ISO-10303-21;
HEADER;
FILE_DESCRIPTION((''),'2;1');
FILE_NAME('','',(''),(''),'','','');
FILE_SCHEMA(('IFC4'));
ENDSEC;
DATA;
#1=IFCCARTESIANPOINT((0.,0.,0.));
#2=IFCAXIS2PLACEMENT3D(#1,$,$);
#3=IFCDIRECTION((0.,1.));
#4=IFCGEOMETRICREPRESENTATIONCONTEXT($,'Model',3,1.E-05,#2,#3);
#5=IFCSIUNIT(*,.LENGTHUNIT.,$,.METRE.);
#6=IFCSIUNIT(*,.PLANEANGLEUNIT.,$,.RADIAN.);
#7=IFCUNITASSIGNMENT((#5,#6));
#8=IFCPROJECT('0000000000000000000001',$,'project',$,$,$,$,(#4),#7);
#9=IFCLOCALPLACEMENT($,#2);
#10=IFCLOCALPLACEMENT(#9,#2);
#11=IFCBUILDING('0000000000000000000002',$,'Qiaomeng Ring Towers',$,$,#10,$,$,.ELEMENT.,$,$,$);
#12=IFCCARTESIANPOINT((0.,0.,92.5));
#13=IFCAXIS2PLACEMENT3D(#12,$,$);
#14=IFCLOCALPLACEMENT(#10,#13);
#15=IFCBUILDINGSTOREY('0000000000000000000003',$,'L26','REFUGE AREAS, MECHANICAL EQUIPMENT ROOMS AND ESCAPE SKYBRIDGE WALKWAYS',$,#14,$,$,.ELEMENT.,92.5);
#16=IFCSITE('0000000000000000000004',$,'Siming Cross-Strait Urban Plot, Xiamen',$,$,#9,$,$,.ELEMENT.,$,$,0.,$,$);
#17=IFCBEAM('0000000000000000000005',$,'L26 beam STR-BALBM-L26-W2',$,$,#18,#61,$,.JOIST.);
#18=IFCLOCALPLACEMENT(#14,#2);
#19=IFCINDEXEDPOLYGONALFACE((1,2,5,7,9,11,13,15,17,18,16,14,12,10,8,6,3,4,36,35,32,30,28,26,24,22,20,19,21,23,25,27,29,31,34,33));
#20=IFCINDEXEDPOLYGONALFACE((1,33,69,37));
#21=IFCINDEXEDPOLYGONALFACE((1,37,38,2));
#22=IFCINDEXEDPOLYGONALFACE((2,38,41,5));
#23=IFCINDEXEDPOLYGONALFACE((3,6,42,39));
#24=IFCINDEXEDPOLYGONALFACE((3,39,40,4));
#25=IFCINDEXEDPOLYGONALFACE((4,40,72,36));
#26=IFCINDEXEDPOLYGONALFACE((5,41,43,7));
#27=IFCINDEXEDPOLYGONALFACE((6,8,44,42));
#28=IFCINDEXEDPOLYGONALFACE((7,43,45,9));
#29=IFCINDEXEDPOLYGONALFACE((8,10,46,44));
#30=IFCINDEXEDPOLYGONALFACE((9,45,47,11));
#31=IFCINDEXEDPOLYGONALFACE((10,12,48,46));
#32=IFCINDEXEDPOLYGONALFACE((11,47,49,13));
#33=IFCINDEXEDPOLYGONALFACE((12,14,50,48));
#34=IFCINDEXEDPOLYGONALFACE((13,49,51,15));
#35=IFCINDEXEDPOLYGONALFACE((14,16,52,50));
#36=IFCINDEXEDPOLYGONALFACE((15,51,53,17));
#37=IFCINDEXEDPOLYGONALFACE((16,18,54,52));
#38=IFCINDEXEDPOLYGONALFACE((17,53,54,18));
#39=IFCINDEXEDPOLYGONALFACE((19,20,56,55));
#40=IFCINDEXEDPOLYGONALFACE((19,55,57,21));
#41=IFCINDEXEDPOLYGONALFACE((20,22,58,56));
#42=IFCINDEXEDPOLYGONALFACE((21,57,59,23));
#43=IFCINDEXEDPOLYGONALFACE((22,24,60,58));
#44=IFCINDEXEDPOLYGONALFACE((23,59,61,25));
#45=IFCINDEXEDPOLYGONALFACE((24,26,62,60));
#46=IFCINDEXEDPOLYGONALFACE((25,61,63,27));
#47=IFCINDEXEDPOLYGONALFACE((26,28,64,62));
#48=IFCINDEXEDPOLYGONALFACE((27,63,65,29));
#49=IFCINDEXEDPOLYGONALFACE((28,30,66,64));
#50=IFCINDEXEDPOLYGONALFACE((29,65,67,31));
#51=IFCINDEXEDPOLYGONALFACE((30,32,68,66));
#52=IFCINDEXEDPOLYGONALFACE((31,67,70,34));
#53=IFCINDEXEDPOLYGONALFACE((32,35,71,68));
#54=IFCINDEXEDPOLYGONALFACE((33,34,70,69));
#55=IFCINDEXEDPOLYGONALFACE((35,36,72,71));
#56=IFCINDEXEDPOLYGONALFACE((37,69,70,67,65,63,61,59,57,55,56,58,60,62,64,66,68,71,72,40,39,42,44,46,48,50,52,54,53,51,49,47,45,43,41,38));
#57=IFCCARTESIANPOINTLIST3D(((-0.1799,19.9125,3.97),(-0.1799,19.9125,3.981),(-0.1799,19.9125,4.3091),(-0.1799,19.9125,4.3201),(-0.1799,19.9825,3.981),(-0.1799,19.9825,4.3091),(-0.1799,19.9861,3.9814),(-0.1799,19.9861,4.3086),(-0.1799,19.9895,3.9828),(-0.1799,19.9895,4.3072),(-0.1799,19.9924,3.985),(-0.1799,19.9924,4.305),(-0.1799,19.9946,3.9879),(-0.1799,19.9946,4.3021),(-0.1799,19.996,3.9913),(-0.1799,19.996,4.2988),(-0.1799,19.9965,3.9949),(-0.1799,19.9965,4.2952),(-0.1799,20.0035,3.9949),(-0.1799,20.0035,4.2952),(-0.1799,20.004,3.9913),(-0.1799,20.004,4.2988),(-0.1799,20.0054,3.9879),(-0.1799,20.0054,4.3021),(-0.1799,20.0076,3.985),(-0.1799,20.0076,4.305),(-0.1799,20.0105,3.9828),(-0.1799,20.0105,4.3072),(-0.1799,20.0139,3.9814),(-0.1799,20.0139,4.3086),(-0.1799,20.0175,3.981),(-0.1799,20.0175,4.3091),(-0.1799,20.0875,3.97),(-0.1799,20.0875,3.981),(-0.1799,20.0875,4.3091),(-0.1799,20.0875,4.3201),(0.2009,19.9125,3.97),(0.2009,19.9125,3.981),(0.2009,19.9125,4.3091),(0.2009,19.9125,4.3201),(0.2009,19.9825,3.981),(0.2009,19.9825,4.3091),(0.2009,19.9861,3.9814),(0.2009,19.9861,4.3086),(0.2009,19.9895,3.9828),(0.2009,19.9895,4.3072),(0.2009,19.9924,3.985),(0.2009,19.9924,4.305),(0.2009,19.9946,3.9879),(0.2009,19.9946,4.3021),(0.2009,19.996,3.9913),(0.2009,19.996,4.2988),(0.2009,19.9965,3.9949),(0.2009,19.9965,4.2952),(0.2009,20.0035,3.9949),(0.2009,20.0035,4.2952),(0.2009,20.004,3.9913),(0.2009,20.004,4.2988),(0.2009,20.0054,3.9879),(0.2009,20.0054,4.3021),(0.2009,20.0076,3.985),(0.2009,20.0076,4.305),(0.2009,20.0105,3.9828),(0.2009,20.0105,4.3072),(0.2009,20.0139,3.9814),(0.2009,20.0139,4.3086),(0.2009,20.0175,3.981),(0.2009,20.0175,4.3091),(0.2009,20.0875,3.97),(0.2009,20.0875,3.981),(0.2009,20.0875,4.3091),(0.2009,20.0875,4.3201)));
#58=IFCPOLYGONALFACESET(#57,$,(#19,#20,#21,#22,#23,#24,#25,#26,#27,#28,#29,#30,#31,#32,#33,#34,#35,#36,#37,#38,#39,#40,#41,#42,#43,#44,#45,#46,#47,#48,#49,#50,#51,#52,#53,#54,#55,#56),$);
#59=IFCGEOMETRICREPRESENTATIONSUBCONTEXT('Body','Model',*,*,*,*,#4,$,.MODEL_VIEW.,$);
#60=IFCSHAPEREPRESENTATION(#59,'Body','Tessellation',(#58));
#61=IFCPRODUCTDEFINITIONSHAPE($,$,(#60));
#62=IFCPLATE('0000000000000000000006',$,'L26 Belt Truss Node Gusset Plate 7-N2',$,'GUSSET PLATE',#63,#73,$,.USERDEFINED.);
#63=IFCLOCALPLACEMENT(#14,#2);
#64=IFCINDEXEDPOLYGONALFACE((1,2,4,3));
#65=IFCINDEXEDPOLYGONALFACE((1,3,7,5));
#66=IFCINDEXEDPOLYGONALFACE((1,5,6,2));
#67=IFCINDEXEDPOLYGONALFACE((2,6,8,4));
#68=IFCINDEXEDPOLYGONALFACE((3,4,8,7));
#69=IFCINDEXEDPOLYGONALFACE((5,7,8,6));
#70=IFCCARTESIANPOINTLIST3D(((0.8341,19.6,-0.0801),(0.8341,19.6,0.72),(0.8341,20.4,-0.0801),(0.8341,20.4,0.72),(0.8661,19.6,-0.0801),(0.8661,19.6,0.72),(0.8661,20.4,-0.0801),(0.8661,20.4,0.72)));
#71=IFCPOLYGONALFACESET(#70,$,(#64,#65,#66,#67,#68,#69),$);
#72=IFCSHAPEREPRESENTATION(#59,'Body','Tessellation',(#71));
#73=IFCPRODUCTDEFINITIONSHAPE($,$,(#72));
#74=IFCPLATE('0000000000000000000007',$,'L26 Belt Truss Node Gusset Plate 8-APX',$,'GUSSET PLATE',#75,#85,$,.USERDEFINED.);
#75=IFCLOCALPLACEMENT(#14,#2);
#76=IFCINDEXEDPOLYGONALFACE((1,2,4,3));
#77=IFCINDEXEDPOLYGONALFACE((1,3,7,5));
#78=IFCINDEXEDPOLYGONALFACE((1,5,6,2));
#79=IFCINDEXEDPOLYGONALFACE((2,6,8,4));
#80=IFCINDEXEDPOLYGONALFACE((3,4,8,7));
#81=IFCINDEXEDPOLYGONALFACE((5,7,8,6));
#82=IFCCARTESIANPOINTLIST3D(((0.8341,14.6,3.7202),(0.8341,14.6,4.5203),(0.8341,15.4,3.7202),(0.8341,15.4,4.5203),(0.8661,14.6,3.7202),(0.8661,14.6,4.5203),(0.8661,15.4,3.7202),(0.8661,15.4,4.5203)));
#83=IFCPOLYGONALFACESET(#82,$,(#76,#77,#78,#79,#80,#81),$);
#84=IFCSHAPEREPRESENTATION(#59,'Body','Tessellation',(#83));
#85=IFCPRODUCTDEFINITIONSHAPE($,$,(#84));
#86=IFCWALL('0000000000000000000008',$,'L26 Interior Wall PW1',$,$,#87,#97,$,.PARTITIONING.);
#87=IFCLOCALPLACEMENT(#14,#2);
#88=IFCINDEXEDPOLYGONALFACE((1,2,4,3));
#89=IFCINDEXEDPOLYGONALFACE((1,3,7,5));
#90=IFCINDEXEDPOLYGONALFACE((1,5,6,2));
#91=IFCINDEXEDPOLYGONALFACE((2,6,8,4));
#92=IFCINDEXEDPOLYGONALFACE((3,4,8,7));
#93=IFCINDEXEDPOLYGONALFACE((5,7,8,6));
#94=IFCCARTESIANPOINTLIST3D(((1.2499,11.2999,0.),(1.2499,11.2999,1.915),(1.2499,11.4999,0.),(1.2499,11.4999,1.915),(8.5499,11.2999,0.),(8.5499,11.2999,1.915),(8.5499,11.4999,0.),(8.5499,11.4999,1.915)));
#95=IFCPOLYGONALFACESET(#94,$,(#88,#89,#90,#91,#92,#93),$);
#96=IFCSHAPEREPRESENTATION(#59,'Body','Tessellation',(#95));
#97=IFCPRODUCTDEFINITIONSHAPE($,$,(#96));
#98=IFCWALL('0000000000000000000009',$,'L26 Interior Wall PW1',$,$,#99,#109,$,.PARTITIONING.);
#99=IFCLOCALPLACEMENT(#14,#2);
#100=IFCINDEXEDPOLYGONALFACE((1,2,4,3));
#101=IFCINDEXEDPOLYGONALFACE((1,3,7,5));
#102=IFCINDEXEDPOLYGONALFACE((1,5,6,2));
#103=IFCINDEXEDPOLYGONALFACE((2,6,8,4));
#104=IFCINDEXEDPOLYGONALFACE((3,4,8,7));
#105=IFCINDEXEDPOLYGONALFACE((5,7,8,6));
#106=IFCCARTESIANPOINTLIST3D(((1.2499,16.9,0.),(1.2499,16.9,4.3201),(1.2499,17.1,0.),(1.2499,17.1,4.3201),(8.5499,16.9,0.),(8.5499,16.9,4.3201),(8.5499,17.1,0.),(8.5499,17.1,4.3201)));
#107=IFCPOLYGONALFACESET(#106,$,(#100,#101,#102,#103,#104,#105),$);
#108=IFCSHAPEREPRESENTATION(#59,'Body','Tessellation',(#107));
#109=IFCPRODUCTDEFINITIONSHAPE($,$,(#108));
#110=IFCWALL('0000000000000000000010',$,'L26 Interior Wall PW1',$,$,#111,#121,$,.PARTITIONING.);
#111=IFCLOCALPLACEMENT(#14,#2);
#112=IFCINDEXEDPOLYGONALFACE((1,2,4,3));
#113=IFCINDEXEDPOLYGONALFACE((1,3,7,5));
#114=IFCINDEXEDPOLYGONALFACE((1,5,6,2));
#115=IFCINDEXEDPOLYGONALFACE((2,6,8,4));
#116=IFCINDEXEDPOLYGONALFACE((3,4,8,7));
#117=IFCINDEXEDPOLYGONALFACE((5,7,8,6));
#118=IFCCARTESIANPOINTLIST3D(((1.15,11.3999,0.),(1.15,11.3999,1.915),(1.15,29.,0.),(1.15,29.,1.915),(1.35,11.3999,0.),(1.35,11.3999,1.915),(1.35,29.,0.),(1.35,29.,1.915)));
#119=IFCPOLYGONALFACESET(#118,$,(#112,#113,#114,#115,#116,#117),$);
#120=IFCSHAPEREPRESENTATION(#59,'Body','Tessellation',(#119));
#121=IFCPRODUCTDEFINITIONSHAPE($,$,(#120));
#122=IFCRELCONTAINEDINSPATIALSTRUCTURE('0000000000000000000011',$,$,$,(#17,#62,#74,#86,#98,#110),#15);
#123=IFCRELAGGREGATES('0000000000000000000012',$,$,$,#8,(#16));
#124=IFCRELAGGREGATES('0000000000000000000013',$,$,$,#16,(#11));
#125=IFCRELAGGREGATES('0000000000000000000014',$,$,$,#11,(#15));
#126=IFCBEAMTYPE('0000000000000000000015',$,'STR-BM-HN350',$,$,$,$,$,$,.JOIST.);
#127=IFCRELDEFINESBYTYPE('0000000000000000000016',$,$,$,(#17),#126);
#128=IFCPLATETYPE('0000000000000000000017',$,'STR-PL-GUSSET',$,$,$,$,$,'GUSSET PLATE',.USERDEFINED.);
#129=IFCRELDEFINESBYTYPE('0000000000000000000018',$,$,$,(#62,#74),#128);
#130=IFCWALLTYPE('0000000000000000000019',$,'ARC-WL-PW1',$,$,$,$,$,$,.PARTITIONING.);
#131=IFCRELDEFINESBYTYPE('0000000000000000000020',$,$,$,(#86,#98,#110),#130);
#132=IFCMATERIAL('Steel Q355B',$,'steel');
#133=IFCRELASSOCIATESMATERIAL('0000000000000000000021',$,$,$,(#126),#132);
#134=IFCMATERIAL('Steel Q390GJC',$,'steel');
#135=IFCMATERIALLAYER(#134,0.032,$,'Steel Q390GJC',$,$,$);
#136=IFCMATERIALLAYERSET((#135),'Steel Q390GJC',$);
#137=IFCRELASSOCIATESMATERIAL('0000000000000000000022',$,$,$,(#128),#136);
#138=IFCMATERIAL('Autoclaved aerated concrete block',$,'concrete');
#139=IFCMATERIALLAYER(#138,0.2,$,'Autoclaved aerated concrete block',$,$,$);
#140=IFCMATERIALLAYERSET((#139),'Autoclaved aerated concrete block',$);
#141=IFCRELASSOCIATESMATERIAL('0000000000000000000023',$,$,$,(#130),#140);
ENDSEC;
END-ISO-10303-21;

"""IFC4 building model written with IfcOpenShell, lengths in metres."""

from ifc_helpers import new_model, si_unit, direction, frame, frame_2d, origin, origin_2d, place, context, subcontext, project, spatial, rectangle, i_section, extrude, source, transform, mapped, material, layer, layer_set, material_profile, profile_set, type_object, element, save


model = new_model("IFC4")

# Units and contexts
model_context = context("Model", 3, precision=1e-05, world=origin(), true_north=direction((0.0, 1.0)))
body_context = subcontext(model_context, "Body", "Model", "MODEL_VIEW")
ifc_project = project(units=[si_unit("LENGTHUNIT", "METRE"), si_unit("PLANEANGLEUNIT", "RADIAN")], contexts=[model_context])

# Site, building, storey
site_placement = place(None, origin())
site = spatial("IfcSite", under=ifc_project, at=site_placement, Name="Siming Cross-Strait Urban Plot, Xiamen", CompositionType="ELEMENT", RefElevation=0.0)
building_placement = place(site_placement, origin())
building = spatial("IfcBuilding", under=site, at=building_placement, Name="Qiaomeng Ring Towers", CompositionType="ELEMENT")
storey_placement = place(building_placement, frame((0.0, 0.0, 92.5)))
storey = spatial("IfcBuildingStorey", under=building, at=storey_placement, Name="L26", Description="REFUGE AREAS, MECHANICAL EQUIPMENT ROOMS AND ESCAPE SKYBRIDGE WALKWAYS", CompositionType="ELEMENT", Elevation=92.5)

# Shared definitions
ifc_material_1 = material(Name="Steel Q355B", Category="steel")

# Shared definitions
ifc_material_2 = material(Name="Steel Q390GJC", Category="steel")

# Beam
ifc_material_profile_1 = material_profile(ifc_material_1, i_section(OverallWidth=0.175, OverallDepth=0.3501, WebThickness=0.0071, FlangeThickness=0.011, FilletRadius=0.0139, at=origin_2d()), Name="HN 350x175x7x11")
ifc_profile_set_1 = profile_set([ifc_material_profile_1], Name="Steel Q355B")
beam_type_1 = type_object("IfcBeamType", Name="STR-BM-HN350", PredefinedType="JOIST", material=ifc_profile_set_1)
shared_shape_1 = source(origin(), body_context, "Body", "SweptSolid", [
    extrude(i_section(OverallWidth=0.175, OverallDepth=0.3501, WebThickness=0.0071, FlangeThickness=0.011, FilletRadius=0.0139, at=origin_2d()), origin(), (0.0, 0.0, 1.0), 0.3809),
])
beam_1_placement = place(storey_placement, frame((-0.1799, 20.0, 4.145), z_axis=(1.0, 0.0, 0.0), x_axis=(0.0, 1.0, 0.0)))
element("IfcBeam", 1, at=beam_1_placement, inside=storey, type_object=beam_type_1, Name="L26 beam STR-BALBM-L26-W2", PredefinedType="JOIST", context=body_context, shape_type="MappedRepresentation", body=[
    mapped(shared_shape_1, transform((0.0, 0.0, 0.0), x_axis=(1.0, 0.0, 0.0), y_axis=(0.0, 1.0, 0.0), z_axis=(0.0, 0.0, 1.0), scale=1.0)),
])

# Plates
ifc_layer_1 = layer(ifc_material_2, 0.032, Name="Steel Q390GJC")
ifc_layer_set_1 = layer_set([ifc_layer_1], Name="Steel Q390GJC")
plate_type = type_object("IfcPlateType", Name="STR-PL-GUSSET", ElementType="GUSSET PLATE", PredefinedType="USERDEFINED", material=ifc_layer_set_1)
shared_shape_2 = source(origin(), body_context, "Body", "SweptSolid", [
    extrude(rectangle(XDim=0.8, YDim=0.032, at=origin_2d()), origin(), (0.0, 0.0, 1.0), 0.8),
])
for number, where, z_axis, x_axis, name in (
    (2, (0.8501, 20.0, -0.0801), (0.0, 0.0, 1.0), (0.0, -1.0, 0.0), "L26 Belt Truss Node Gusset Plate 7-N2"),
    (3, (0.8501, 15.0, 3.7202), (0.0, 0.0, 1.0), (0.0, -1.0, 0.0), "L26 Belt Truss Node Gusset Plate 8-APX"),
):
    element("IfcPlate", number, at=place(storey_placement, frame(where, z_axis=z_axis, x_axis=x_axis)), inside=storey, type_object=plate_type, Name=name, ObjectType="GUSSET PLATE", PredefinedType="USERDEFINED", context=body_context, shape_type="MappedRepresentation", body=[
        mapped(shared_shape_2, transform((0.0, 0.0, 0.0), x_axis=(1.0, 0.0, 0.0), y_axis=(0.0, 1.0, 0.0), z_axis=(0.0, 0.0, 1.0), scale=1.0)),
    ])

# Walls
ifc_material_3 = material(Name="Autoclaved aerated concrete block", Category="concrete")
ifc_layer_2 = layer(ifc_material_3, 0.2, Name="Autoclaved aerated concrete block")
ifc_layer_set_2 = layer_set([ifc_layer_2], Name="Autoclaved aerated concrete block")
wall_type = type_object("IfcWallType", Name="ARC-WL-PW1", PredefinedType="PARTITIONING", material=ifc_layer_set_2)
wall_1_placement = place(storey_placement, frame((1.25, 11.3999, 0.0), z_axis=(0.0, 0.0, 1.0), x_axis=(1.0, 0.0, 0.0)))
element("IfcWall", 4, at=wall_1_placement, inside=storey, type_object=wall_type, Name="L26 Interior Wall PW1", PredefinedType="PARTITIONING", context=body_context, shape_type="SweptSolid", body=[
    extrude(rectangle(XDim=7.3, YDim=0.2, at=frame_2d((3.6499, 0.0))), origin(), (0.0, 0.0, 1.0), 1.915),
])
wall_2_placement = place(storey_placement, frame((1.25, 17.0, 0.0), z_axis=(0.0, 0.0, 1.0), x_axis=(1.0, 0.0, 0.0)))
element("IfcWall", 5, at=wall_2_placement, inside=storey, type_object=wall_type, Name="L26 Interior Wall PW1", PredefinedType="PARTITIONING", context=body_context, shape_type="SweptSolid", body=[
    extrude(rectangle(XDim=7.3, YDim=0.2, at=frame_2d((3.6499, 0.0))), origin(), (0.0, 0.0, 1.0), 4.3201),
])
wall_3_placement = place(storey_placement, frame((1.25, 11.3999, 0.0), z_axis=(0.0, 0.0, 1.0), x_axis=(0.0, 1.0, 0.0)))
element("IfcWall", 6, at=wall_3_placement, inside=storey, type_object=wall_type, Name="L26 Interior Wall PW1", PredefinedType="PARTITIONING", context=body_context, shape_type="SweptSolid", body=[
    extrude(rectangle(XDim=17.6001, YDim=0.2, at=frame_2d((8.8, 0.0))), origin(), (0.0, 0.0, 1.0), 1.915),
])

save(model, "model.ifc")
